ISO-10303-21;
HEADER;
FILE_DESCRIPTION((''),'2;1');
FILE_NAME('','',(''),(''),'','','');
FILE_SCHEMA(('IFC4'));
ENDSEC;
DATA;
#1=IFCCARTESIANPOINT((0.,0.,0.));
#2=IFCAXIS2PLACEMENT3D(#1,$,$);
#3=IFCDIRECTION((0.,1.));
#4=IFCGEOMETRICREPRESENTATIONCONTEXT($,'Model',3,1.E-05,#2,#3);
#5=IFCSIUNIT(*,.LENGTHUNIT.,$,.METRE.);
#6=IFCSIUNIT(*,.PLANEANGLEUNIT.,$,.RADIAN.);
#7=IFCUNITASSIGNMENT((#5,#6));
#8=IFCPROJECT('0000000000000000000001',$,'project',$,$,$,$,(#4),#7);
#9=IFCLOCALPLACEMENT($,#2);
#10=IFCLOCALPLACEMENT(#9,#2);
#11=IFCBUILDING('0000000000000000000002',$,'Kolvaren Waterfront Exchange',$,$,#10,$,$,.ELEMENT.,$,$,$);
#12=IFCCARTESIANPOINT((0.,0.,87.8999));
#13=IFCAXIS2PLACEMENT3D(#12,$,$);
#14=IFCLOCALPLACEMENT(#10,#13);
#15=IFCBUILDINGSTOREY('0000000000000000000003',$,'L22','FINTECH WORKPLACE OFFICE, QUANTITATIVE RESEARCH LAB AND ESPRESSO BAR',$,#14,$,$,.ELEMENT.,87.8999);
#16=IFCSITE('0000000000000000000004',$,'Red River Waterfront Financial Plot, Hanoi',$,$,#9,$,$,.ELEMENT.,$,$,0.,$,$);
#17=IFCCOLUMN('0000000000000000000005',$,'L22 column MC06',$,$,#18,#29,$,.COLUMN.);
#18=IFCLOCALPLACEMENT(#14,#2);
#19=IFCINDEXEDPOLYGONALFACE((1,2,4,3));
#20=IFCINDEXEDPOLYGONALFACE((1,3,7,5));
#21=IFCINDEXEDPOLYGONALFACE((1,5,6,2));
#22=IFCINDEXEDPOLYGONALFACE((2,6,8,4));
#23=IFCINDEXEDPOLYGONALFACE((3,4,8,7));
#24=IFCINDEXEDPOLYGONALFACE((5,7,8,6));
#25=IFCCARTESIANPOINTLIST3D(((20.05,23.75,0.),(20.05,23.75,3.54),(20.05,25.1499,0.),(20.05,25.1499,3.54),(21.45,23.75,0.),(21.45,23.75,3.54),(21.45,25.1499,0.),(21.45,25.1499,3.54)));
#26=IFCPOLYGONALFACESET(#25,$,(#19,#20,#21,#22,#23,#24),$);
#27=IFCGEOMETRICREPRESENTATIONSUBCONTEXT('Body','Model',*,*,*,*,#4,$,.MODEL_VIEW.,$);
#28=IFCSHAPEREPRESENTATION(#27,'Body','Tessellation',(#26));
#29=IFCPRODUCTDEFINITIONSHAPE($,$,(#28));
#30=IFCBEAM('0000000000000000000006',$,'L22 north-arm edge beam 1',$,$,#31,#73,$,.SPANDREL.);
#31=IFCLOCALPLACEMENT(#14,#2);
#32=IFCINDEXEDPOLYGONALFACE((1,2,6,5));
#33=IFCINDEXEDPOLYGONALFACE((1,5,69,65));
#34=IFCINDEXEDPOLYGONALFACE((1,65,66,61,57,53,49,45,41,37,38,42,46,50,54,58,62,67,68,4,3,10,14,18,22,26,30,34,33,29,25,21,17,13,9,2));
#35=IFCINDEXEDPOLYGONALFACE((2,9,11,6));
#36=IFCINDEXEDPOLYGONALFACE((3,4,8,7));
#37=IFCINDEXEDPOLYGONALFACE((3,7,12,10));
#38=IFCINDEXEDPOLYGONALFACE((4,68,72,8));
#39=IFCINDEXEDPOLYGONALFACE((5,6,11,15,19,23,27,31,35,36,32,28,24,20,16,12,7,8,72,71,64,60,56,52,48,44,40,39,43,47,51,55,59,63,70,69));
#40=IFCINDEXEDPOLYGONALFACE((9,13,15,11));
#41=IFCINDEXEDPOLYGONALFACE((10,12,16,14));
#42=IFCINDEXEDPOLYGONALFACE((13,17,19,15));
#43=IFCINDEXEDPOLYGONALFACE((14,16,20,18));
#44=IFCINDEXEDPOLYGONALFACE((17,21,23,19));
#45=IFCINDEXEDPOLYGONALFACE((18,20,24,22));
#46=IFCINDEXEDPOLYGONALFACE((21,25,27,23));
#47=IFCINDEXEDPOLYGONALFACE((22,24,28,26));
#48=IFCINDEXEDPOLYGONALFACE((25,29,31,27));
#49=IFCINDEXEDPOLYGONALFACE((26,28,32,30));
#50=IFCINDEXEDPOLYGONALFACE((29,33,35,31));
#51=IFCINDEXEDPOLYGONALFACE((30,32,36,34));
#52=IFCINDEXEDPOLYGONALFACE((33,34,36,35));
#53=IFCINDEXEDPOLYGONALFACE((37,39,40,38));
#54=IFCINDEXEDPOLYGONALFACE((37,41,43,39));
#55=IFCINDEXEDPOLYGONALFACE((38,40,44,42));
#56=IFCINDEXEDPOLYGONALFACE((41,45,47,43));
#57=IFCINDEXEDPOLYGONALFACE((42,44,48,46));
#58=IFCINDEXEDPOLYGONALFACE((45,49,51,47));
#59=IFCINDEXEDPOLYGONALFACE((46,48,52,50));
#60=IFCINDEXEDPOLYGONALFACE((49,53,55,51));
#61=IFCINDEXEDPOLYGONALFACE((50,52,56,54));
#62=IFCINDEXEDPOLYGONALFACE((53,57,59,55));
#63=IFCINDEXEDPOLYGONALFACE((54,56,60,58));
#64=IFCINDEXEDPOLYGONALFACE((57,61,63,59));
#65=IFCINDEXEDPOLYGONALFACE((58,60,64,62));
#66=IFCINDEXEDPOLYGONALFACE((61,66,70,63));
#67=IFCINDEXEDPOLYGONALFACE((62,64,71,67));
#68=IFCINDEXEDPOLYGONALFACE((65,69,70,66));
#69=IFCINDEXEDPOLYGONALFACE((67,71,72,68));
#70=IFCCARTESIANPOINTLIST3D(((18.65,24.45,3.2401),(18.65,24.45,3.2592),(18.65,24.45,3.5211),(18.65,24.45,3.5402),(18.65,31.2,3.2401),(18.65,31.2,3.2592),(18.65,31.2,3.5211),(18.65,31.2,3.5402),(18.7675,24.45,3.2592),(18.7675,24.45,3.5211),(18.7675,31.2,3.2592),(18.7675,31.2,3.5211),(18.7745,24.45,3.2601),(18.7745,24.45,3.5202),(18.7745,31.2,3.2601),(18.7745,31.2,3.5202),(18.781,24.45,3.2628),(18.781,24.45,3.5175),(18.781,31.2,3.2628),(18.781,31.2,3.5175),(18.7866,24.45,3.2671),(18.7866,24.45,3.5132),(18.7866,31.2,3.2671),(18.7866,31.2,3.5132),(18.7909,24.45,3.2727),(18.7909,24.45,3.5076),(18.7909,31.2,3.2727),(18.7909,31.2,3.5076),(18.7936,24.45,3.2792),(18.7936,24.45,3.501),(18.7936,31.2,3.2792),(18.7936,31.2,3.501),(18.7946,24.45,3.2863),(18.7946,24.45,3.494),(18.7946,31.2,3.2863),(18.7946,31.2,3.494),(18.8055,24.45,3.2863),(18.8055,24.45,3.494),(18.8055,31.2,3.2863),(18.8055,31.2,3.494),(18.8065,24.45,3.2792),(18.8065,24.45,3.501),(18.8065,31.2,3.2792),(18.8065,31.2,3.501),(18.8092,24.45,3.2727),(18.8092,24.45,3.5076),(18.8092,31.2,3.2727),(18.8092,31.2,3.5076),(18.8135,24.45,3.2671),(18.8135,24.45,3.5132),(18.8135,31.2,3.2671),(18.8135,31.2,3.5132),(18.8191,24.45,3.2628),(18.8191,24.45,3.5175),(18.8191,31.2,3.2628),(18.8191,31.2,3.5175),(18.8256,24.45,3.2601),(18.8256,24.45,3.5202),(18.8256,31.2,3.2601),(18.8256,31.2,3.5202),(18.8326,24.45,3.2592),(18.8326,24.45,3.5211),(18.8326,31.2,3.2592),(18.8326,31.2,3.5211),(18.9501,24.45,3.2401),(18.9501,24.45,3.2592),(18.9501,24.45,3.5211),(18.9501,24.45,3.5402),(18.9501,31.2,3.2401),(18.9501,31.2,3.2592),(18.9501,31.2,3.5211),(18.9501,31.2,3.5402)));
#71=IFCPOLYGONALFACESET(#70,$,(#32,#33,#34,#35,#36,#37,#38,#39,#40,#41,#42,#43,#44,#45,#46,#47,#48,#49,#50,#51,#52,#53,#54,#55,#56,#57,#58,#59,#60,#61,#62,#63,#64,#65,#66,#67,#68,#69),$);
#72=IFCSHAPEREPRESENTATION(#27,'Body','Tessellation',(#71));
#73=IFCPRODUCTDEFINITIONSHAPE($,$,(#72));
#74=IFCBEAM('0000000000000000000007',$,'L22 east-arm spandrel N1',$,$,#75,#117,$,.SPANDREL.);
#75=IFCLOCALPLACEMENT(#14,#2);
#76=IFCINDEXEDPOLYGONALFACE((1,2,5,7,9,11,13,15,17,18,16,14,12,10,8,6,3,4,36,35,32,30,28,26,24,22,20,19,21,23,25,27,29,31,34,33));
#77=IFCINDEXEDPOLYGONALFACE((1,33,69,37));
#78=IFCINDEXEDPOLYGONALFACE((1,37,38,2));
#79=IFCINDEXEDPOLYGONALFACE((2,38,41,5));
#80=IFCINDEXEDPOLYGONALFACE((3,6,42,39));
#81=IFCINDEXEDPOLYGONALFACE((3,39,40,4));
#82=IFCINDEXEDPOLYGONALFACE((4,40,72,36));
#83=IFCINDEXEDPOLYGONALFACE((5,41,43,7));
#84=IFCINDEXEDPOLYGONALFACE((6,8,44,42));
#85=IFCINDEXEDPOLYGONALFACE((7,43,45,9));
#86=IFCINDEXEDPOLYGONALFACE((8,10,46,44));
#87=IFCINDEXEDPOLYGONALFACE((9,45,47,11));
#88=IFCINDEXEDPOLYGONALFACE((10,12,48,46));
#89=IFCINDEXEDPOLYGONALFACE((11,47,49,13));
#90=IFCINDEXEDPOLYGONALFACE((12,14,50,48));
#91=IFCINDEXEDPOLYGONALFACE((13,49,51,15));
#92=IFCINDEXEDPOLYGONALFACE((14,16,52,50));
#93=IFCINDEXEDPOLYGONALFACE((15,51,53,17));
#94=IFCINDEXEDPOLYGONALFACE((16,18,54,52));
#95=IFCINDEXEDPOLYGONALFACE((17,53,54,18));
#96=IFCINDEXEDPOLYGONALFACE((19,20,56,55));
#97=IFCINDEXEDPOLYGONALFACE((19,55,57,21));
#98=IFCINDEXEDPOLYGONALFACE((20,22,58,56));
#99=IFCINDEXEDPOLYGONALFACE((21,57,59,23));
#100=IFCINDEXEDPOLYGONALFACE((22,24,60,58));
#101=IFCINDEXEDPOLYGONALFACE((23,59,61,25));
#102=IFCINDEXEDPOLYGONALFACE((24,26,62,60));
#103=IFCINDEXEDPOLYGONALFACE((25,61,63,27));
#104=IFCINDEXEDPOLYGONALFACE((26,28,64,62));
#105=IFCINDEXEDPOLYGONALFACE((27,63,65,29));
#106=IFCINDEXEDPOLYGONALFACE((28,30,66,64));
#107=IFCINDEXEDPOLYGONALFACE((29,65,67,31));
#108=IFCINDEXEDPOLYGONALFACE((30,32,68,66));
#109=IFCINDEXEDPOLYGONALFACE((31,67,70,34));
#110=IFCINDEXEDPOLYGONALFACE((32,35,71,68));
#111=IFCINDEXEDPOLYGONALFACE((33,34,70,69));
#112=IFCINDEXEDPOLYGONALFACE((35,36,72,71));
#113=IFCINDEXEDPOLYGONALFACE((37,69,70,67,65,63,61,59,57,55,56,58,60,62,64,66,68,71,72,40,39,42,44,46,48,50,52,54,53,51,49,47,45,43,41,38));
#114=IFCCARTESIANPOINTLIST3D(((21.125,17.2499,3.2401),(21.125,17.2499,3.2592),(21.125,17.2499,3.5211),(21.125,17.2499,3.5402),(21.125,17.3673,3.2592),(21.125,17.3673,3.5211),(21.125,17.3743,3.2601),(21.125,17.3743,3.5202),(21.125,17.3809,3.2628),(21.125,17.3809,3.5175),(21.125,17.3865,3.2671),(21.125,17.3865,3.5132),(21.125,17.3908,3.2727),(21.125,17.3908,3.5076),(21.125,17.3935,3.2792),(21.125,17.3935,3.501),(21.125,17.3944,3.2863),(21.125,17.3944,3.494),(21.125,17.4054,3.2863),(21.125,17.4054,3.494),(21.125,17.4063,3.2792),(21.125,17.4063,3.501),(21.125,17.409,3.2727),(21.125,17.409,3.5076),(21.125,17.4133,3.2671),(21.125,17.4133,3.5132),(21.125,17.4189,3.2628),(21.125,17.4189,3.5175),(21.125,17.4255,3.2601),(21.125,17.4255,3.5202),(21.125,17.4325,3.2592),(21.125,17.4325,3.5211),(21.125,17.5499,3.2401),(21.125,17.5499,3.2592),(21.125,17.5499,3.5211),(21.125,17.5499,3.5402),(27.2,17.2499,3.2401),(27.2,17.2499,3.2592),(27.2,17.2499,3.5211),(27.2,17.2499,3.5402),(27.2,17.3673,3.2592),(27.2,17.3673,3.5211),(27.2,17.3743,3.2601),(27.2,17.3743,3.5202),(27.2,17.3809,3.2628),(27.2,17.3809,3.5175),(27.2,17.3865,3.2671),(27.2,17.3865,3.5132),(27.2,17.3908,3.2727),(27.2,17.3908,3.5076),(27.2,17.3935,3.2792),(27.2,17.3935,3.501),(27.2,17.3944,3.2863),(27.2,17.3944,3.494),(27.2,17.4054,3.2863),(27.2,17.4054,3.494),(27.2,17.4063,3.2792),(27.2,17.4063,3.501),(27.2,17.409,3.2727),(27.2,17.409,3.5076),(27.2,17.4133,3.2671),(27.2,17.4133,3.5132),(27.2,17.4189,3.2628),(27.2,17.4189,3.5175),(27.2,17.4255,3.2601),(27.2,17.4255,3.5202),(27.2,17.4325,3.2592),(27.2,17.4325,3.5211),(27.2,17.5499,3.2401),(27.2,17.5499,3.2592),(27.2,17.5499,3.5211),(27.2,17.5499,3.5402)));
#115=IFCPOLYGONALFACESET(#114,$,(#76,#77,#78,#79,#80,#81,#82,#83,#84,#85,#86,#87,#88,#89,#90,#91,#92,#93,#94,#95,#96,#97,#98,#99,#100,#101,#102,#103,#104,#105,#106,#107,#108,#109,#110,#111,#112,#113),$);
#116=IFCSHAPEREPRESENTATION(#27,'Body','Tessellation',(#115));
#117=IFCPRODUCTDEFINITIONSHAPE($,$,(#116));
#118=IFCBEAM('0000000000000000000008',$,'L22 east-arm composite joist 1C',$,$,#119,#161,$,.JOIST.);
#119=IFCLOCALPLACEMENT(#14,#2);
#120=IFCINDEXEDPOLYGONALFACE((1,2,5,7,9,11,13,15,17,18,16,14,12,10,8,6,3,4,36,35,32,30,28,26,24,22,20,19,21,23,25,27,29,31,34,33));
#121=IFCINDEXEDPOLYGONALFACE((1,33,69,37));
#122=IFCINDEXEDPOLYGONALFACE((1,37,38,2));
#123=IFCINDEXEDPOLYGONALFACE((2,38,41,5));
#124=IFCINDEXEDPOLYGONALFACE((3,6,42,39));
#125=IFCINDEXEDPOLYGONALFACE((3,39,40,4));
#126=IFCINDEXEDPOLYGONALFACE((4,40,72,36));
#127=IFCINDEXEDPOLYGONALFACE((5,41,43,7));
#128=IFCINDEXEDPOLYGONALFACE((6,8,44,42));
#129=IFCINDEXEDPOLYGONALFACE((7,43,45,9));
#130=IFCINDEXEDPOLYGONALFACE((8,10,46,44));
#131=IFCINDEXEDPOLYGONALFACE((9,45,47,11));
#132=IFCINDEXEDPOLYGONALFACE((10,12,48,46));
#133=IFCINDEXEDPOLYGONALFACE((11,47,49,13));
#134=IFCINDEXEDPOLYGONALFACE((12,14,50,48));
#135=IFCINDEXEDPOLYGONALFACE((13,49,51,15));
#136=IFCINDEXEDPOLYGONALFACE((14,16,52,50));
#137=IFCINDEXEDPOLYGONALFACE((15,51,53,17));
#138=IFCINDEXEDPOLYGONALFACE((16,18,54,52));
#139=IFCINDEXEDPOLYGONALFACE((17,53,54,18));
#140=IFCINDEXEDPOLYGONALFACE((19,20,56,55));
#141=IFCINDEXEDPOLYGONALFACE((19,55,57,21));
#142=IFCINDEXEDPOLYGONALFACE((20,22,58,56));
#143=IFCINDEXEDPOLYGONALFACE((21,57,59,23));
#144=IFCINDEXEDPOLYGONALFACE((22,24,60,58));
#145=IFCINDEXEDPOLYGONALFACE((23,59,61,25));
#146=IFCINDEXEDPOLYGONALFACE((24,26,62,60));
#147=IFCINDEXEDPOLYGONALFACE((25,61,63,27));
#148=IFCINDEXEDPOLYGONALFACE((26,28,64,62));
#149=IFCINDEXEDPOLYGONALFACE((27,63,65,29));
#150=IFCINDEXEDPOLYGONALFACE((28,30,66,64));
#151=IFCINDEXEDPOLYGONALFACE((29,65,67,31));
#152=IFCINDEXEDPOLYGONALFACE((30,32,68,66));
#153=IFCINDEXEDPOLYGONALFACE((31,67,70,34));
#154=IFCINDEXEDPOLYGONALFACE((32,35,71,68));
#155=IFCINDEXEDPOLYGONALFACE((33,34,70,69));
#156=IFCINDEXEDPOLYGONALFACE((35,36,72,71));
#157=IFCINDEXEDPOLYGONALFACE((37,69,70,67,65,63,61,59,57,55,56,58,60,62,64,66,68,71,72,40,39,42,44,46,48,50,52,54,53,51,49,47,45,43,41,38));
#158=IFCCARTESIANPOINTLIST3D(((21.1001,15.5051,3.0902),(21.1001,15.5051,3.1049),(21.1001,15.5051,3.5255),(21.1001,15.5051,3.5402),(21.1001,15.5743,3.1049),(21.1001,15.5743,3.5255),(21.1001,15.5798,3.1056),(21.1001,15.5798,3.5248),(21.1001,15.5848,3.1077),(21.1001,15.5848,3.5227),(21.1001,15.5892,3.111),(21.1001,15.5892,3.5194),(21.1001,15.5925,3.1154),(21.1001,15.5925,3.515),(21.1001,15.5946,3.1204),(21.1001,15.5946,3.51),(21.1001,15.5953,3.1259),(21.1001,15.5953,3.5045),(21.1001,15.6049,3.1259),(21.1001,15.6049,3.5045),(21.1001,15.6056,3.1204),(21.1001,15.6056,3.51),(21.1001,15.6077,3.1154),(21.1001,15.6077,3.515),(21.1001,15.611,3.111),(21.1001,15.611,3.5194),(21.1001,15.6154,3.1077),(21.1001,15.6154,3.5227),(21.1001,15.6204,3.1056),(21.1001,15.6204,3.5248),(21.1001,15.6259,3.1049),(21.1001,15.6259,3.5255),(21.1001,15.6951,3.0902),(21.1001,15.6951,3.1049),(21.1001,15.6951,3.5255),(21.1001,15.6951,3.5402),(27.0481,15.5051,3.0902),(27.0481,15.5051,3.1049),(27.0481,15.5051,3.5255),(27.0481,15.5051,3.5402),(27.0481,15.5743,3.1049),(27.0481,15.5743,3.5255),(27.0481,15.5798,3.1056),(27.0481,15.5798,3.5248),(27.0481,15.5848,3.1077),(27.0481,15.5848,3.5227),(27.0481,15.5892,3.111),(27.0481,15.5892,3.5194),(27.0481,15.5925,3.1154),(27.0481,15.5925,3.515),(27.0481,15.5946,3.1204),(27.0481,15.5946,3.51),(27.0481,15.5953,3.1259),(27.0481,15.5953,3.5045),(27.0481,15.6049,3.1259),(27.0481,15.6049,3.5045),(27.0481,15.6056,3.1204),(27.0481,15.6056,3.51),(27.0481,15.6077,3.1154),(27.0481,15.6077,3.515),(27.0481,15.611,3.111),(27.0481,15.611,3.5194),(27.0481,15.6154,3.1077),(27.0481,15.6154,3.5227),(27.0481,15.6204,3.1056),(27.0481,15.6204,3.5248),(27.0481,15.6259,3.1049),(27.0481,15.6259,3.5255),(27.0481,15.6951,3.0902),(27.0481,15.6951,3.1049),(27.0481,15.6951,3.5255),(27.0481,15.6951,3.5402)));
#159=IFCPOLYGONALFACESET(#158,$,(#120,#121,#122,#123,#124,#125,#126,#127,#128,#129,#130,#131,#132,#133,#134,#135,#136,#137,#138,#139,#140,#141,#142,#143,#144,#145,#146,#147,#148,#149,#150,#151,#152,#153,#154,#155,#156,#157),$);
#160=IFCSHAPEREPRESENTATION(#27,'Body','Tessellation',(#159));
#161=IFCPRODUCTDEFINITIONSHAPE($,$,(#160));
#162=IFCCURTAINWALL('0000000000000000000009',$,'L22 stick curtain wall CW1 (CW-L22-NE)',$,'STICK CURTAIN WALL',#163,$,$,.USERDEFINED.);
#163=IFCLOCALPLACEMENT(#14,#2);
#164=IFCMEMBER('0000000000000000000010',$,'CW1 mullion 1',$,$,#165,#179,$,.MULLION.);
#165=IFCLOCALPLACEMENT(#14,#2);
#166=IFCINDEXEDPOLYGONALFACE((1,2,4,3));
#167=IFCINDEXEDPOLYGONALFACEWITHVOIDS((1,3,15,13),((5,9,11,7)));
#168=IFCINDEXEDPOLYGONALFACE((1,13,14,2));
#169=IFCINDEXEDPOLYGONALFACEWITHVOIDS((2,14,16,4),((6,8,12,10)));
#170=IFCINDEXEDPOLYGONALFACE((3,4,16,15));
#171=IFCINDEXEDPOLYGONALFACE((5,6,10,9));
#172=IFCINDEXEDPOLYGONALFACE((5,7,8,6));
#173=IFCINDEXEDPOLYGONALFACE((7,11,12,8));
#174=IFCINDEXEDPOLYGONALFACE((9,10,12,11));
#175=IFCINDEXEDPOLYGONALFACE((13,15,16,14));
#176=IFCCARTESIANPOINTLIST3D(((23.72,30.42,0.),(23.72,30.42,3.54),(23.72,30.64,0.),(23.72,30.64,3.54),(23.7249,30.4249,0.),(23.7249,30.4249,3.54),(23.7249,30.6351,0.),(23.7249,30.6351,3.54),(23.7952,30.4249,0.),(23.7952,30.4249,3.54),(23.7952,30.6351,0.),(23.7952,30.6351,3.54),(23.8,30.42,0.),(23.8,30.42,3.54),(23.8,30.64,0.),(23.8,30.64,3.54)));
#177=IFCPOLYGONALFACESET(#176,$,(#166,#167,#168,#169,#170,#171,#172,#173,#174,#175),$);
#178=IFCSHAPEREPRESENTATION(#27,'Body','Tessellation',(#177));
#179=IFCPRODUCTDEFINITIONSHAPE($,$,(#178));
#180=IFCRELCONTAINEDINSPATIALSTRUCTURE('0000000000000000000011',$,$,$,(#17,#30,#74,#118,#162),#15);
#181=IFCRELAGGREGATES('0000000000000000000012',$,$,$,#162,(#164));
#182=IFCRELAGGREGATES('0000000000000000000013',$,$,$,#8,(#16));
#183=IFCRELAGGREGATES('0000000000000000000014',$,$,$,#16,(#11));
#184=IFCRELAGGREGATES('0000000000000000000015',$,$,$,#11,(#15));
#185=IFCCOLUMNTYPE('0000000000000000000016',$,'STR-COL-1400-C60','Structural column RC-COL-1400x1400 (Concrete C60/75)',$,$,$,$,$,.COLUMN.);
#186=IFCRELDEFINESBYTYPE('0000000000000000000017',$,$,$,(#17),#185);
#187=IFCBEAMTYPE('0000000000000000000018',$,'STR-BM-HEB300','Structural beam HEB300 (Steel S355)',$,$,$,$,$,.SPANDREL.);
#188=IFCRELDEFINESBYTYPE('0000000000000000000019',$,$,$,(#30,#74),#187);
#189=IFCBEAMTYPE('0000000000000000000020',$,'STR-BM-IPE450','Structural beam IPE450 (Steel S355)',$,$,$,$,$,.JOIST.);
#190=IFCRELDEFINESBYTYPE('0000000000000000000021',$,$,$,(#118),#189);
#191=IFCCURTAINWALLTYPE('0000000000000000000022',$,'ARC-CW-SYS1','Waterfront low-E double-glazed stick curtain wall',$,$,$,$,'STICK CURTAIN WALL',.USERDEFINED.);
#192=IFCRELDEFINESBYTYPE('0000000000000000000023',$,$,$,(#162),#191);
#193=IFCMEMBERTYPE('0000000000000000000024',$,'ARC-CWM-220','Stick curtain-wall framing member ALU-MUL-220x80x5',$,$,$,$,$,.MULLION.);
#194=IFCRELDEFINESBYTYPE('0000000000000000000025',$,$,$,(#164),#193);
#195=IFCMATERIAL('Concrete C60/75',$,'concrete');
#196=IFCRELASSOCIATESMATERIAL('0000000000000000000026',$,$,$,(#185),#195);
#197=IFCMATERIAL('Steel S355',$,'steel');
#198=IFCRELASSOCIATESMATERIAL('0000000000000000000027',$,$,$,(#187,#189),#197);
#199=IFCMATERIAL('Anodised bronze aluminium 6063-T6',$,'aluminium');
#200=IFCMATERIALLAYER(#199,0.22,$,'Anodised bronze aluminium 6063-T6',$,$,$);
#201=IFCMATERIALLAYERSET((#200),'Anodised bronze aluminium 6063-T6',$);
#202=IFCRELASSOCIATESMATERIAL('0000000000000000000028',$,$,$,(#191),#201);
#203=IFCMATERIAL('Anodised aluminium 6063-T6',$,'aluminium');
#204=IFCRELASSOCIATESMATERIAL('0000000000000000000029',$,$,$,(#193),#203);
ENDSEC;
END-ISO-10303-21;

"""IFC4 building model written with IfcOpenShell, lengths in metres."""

from ifc_helpers import new_model, si_unit, direction, frame, origin, origin_with_axes, origin_2d, place, context, subcontext, project, spatial, rectangle, hollow_rectangle, i_section, extrude, source, transform, mapped, material, layer, layer_set, material_profile, profile_set, type_object, element, aggregate, save


model = new_model("IFC4")

# Units and contexts
model_context = context("Model", 3, precision=1e-05, world=origin(), true_north=direction((0.0, 1.0)))
body_context = subcontext(model_context, "Body", "Model", "MODEL_VIEW")
ifc_project = project(units=[si_unit("LENGTHUNIT", "METRE"), si_unit("PLANEANGLEUNIT", "RADIAN")], contexts=[model_context])

# Site, building, storey
site_placement = place(None, origin())
site = spatial("IfcSite", under=ifc_project, at=site_placement, Name="Red River Waterfront Financial Plot, Hanoi", CompositionType="ELEMENT", RefElevation=0.0)
building_placement = place(site_placement, origin())
building = spatial("IfcBuilding", under=site, at=building_placement, Name="Kolvaren Waterfront Exchange", CompositionType="ELEMENT")
storey_placement = place(building_placement, frame((0.0, 0.0, 87.8999)))
storey = spatial("IfcBuildingStorey", under=building, at=storey_placement, Name="L22", Description="FINTECH WORKPLACE OFFICE, QUANTITATIVE RESEARCH LAB AND ESPRESSO BAR", CompositionType="ELEMENT", Elevation=87.8999)

# Column
ifc_material_1 = material(Name="Concrete C60/75", Category="concrete")
ifc_material_profile_1 = material_profile(ifc_material_1, rectangle(XDim=1.3999, YDim=1.3999, at=origin_2d()), Name="RC-COL-1400x1400")
ifc_profile_set_1 = profile_set([ifc_material_profile_1], Name="Concrete C60/75")
column_type = type_object("IfcColumnType", Name="STR-COL-1400-C60", Description="Structural column RC-COL-1400x1400 (Concrete C60/75)", PredefinedType="COLUMN", material=ifc_profile_set_1)
column_placement = place(storey_placement, frame((20.75, 24.45, 0.0), z_axis=(0.0, 0.0, 1.0), x_axis=(1.0, 0.0, 0.0)))
element("IfcColumn", 1, at=column_placement, inside=storey, type_object=column_type, Name="L22 column MC06", PredefinedType="COLUMN", context=body_context, shape_type="SweptSolid", body=[
    extrude(rectangle(XDim=1.3999, YDim=1.3999, at=origin_2d()), origin(), (0.0, 0.0, 1.0), 3.54),
])

# Beams
ifc_material_2 = material(Name="Steel S355", Category="steel")
ifc_material_profile_2 = material_profile(ifc_material_2, i_section(OverallWidth=0.3, OverallDepth=0.3, WebThickness=0.011, FlangeThickness=0.019, FilletRadius=0.0271, at=origin_2d()), Name="HEB300")
ifc_profile_set_2 = profile_set([ifc_material_profile_2], Name="Steel S355")
beam_type_1 = type_object("IfcBeamType", Name="STR-BM-HEB300", Description="Structural beam HEB300 (Steel S355)", PredefinedType="SPANDREL", material=ifc_profile_set_2)
beam_1_placement = place(storey_placement, frame((18.8, 24.45, 3.3901), z_axis=(0.0, 1.0, 0.0), x_axis=(-1.0, 0.0, 0.0)))
element("IfcBeam", 2, at=beam_1_placement, inside=storey, type_object=beam_type_1, Name="L22 north-arm edge beam 1", PredefinedType="SPANDREL", context=body_context, shape_type="SweptSolid", body=[
    extrude(i_section(OverallWidth=0.3, OverallDepth=0.3, WebThickness=0.011, FlangeThickness=0.019, FilletRadius=0.0271, at=origin_2d()), origin(), (0.0, 0.0, 1.0), 6.75),
])
beam_2_placement = place(storey_placement, frame((21.125, 17.3999, 3.3901), z_axis=(1.0, 0.0, 0.0), x_axis=(0.0, 1.0, 0.0)))
element("IfcBeam", 3, at=beam_2_placement, inside=storey, type_object=beam_type_1, Name="L22 east-arm spandrel N1", PredefinedType="SPANDREL", context=body_context, shape_type="SweptSolid", body=[
    extrude(i_section(OverallWidth=0.3, OverallDepth=0.3, WebThickness=0.011, FlangeThickness=0.019, FilletRadius=0.0271, at=origin_2d()), origin(), (0.0, 0.0, 1.0), 6.075),
])
ifc_material_profile_3 = material_profile(ifc_material_2, i_section(OverallWidth=0.1899, OverallDepth=0.45, WebThickness=0.0095, FlangeThickness=0.0146, FilletRadius=0.021, at=origin_2d()), Name="IPE450")
ifc_profile_set_3 = profile_set([ifc_material_profile_3], Name="Steel S355")
beam_type_2 = type_object("IfcBeamType", Name="STR-BM-IPE450", Description="Structural beam IPE450 (Steel S355)", PredefinedType="JOIST", material=ifc_profile_set_3)
beam_3_placement = place(storey_placement, frame((21.1001, 15.6001, 3.3152), z_axis=(1.0, 0.0, 0.0), x_axis=(0.0, 1.0, 0.0)))
element("IfcBeam", 4, at=beam_3_placement, inside=storey, type_object=beam_type_2, Name="L22 east-arm composite joist 1C", PredefinedType="JOIST", context=body_context, shape_type="SweptSolid", body=[
    extrude(i_section(OverallWidth=0.1899, OverallDepth=0.45, WebThickness=0.0095, FlangeThickness=0.0146, FilletRadius=0.021, at=origin_2d()), origin(), (0.0, 0.0, 1.0), 5.948),
])

# Curtain wall, member
ifc_material_3 = material(Name="Anodised bronze aluminium 6063-T6", Category="aluminium")
ifc_layer_1 = layer(ifc_material_3, 0.22, Name="Anodised bronze aluminium 6063-T6")
ifc_layer_set_1 = layer_set([ifc_layer_1], Name="Anodised bronze aluminium 6063-T6")
curtain_wall_type = type_object("IfcCurtainWallType", Name="ARC-CW-SYS1", Description="Waterfront low-E double-glazed stick curtain wall", ElementType="STICK CURTAIN WALL", PredefinedType="USERDEFINED", material=ifc_layer_set_1)
curtain_wall_placement = place(storey_placement, origin())
curtain_wall = element("IfcCurtainWall", 5, at=curtain_wall_placement, inside=storey, type_object=curtain_wall_type, Name="L22 stick curtain wall CW1 (CW-L22-NE)", ObjectType="STICK CURTAIN WALL", PredefinedType="USERDEFINED")
ifc_material_4 = material(Name="Anodised aluminium 6063-T6", Category="aluminium")
ifc_material_profile_4 = material_profile(ifc_material_4, hollow_rectangle(XDim=0.0801, YDim=0.22, WallThickness=0.0049, at=origin_2d()), Name="ALU-MUL-220x80x5")
ifc_profile_set_4 = profile_set([ifc_material_profile_4], Name="Anodised aluminium 6063-T6")
member_type_1 = type_object("IfcMemberType", Name="ARC-CWM-220", Description="Stick curtain-wall framing member ALU-MUL-220x80x5", PredefinedType="MULLION", material=ifc_profile_set_4)
shared_shape_1 = source(origin_with_axes(), body_context, "Body", "SweptSolid", [
    extrude(hollow_rectangle(XDim=0.0801, YDim=0.22, WallThickness=0.0049, at=origin_2d()), origin(), (0.0, 0.0, 1.0), 3.54),
])
member_1_placement = place(storey_placement, frame((23.76, 30.53, 0.0), z_axis=(0.0, 0.0, 1.0), x_axis=(-1.0, 0.0, 0.0)))
member_1 = element("IfcMember", 6, at=member_1_placement, type_object=member_type_1, Name="CW1 mullion 1", PredefinedType="MULLION", context=body_context, shape_type="MappedRepresentation", body=[
    mapped(shared_shape_1, transform((0.0, 0.0, 0.0), x_axis=(1.0, 0.0, 0.0), y_axis=(0.0, 1.0, 0.0), z_axis=(0.0, 0.0, 1.0), scale=1.0)),
])
aggregate(curtain_wall, [member_1])

save(model, "model.ifc")
